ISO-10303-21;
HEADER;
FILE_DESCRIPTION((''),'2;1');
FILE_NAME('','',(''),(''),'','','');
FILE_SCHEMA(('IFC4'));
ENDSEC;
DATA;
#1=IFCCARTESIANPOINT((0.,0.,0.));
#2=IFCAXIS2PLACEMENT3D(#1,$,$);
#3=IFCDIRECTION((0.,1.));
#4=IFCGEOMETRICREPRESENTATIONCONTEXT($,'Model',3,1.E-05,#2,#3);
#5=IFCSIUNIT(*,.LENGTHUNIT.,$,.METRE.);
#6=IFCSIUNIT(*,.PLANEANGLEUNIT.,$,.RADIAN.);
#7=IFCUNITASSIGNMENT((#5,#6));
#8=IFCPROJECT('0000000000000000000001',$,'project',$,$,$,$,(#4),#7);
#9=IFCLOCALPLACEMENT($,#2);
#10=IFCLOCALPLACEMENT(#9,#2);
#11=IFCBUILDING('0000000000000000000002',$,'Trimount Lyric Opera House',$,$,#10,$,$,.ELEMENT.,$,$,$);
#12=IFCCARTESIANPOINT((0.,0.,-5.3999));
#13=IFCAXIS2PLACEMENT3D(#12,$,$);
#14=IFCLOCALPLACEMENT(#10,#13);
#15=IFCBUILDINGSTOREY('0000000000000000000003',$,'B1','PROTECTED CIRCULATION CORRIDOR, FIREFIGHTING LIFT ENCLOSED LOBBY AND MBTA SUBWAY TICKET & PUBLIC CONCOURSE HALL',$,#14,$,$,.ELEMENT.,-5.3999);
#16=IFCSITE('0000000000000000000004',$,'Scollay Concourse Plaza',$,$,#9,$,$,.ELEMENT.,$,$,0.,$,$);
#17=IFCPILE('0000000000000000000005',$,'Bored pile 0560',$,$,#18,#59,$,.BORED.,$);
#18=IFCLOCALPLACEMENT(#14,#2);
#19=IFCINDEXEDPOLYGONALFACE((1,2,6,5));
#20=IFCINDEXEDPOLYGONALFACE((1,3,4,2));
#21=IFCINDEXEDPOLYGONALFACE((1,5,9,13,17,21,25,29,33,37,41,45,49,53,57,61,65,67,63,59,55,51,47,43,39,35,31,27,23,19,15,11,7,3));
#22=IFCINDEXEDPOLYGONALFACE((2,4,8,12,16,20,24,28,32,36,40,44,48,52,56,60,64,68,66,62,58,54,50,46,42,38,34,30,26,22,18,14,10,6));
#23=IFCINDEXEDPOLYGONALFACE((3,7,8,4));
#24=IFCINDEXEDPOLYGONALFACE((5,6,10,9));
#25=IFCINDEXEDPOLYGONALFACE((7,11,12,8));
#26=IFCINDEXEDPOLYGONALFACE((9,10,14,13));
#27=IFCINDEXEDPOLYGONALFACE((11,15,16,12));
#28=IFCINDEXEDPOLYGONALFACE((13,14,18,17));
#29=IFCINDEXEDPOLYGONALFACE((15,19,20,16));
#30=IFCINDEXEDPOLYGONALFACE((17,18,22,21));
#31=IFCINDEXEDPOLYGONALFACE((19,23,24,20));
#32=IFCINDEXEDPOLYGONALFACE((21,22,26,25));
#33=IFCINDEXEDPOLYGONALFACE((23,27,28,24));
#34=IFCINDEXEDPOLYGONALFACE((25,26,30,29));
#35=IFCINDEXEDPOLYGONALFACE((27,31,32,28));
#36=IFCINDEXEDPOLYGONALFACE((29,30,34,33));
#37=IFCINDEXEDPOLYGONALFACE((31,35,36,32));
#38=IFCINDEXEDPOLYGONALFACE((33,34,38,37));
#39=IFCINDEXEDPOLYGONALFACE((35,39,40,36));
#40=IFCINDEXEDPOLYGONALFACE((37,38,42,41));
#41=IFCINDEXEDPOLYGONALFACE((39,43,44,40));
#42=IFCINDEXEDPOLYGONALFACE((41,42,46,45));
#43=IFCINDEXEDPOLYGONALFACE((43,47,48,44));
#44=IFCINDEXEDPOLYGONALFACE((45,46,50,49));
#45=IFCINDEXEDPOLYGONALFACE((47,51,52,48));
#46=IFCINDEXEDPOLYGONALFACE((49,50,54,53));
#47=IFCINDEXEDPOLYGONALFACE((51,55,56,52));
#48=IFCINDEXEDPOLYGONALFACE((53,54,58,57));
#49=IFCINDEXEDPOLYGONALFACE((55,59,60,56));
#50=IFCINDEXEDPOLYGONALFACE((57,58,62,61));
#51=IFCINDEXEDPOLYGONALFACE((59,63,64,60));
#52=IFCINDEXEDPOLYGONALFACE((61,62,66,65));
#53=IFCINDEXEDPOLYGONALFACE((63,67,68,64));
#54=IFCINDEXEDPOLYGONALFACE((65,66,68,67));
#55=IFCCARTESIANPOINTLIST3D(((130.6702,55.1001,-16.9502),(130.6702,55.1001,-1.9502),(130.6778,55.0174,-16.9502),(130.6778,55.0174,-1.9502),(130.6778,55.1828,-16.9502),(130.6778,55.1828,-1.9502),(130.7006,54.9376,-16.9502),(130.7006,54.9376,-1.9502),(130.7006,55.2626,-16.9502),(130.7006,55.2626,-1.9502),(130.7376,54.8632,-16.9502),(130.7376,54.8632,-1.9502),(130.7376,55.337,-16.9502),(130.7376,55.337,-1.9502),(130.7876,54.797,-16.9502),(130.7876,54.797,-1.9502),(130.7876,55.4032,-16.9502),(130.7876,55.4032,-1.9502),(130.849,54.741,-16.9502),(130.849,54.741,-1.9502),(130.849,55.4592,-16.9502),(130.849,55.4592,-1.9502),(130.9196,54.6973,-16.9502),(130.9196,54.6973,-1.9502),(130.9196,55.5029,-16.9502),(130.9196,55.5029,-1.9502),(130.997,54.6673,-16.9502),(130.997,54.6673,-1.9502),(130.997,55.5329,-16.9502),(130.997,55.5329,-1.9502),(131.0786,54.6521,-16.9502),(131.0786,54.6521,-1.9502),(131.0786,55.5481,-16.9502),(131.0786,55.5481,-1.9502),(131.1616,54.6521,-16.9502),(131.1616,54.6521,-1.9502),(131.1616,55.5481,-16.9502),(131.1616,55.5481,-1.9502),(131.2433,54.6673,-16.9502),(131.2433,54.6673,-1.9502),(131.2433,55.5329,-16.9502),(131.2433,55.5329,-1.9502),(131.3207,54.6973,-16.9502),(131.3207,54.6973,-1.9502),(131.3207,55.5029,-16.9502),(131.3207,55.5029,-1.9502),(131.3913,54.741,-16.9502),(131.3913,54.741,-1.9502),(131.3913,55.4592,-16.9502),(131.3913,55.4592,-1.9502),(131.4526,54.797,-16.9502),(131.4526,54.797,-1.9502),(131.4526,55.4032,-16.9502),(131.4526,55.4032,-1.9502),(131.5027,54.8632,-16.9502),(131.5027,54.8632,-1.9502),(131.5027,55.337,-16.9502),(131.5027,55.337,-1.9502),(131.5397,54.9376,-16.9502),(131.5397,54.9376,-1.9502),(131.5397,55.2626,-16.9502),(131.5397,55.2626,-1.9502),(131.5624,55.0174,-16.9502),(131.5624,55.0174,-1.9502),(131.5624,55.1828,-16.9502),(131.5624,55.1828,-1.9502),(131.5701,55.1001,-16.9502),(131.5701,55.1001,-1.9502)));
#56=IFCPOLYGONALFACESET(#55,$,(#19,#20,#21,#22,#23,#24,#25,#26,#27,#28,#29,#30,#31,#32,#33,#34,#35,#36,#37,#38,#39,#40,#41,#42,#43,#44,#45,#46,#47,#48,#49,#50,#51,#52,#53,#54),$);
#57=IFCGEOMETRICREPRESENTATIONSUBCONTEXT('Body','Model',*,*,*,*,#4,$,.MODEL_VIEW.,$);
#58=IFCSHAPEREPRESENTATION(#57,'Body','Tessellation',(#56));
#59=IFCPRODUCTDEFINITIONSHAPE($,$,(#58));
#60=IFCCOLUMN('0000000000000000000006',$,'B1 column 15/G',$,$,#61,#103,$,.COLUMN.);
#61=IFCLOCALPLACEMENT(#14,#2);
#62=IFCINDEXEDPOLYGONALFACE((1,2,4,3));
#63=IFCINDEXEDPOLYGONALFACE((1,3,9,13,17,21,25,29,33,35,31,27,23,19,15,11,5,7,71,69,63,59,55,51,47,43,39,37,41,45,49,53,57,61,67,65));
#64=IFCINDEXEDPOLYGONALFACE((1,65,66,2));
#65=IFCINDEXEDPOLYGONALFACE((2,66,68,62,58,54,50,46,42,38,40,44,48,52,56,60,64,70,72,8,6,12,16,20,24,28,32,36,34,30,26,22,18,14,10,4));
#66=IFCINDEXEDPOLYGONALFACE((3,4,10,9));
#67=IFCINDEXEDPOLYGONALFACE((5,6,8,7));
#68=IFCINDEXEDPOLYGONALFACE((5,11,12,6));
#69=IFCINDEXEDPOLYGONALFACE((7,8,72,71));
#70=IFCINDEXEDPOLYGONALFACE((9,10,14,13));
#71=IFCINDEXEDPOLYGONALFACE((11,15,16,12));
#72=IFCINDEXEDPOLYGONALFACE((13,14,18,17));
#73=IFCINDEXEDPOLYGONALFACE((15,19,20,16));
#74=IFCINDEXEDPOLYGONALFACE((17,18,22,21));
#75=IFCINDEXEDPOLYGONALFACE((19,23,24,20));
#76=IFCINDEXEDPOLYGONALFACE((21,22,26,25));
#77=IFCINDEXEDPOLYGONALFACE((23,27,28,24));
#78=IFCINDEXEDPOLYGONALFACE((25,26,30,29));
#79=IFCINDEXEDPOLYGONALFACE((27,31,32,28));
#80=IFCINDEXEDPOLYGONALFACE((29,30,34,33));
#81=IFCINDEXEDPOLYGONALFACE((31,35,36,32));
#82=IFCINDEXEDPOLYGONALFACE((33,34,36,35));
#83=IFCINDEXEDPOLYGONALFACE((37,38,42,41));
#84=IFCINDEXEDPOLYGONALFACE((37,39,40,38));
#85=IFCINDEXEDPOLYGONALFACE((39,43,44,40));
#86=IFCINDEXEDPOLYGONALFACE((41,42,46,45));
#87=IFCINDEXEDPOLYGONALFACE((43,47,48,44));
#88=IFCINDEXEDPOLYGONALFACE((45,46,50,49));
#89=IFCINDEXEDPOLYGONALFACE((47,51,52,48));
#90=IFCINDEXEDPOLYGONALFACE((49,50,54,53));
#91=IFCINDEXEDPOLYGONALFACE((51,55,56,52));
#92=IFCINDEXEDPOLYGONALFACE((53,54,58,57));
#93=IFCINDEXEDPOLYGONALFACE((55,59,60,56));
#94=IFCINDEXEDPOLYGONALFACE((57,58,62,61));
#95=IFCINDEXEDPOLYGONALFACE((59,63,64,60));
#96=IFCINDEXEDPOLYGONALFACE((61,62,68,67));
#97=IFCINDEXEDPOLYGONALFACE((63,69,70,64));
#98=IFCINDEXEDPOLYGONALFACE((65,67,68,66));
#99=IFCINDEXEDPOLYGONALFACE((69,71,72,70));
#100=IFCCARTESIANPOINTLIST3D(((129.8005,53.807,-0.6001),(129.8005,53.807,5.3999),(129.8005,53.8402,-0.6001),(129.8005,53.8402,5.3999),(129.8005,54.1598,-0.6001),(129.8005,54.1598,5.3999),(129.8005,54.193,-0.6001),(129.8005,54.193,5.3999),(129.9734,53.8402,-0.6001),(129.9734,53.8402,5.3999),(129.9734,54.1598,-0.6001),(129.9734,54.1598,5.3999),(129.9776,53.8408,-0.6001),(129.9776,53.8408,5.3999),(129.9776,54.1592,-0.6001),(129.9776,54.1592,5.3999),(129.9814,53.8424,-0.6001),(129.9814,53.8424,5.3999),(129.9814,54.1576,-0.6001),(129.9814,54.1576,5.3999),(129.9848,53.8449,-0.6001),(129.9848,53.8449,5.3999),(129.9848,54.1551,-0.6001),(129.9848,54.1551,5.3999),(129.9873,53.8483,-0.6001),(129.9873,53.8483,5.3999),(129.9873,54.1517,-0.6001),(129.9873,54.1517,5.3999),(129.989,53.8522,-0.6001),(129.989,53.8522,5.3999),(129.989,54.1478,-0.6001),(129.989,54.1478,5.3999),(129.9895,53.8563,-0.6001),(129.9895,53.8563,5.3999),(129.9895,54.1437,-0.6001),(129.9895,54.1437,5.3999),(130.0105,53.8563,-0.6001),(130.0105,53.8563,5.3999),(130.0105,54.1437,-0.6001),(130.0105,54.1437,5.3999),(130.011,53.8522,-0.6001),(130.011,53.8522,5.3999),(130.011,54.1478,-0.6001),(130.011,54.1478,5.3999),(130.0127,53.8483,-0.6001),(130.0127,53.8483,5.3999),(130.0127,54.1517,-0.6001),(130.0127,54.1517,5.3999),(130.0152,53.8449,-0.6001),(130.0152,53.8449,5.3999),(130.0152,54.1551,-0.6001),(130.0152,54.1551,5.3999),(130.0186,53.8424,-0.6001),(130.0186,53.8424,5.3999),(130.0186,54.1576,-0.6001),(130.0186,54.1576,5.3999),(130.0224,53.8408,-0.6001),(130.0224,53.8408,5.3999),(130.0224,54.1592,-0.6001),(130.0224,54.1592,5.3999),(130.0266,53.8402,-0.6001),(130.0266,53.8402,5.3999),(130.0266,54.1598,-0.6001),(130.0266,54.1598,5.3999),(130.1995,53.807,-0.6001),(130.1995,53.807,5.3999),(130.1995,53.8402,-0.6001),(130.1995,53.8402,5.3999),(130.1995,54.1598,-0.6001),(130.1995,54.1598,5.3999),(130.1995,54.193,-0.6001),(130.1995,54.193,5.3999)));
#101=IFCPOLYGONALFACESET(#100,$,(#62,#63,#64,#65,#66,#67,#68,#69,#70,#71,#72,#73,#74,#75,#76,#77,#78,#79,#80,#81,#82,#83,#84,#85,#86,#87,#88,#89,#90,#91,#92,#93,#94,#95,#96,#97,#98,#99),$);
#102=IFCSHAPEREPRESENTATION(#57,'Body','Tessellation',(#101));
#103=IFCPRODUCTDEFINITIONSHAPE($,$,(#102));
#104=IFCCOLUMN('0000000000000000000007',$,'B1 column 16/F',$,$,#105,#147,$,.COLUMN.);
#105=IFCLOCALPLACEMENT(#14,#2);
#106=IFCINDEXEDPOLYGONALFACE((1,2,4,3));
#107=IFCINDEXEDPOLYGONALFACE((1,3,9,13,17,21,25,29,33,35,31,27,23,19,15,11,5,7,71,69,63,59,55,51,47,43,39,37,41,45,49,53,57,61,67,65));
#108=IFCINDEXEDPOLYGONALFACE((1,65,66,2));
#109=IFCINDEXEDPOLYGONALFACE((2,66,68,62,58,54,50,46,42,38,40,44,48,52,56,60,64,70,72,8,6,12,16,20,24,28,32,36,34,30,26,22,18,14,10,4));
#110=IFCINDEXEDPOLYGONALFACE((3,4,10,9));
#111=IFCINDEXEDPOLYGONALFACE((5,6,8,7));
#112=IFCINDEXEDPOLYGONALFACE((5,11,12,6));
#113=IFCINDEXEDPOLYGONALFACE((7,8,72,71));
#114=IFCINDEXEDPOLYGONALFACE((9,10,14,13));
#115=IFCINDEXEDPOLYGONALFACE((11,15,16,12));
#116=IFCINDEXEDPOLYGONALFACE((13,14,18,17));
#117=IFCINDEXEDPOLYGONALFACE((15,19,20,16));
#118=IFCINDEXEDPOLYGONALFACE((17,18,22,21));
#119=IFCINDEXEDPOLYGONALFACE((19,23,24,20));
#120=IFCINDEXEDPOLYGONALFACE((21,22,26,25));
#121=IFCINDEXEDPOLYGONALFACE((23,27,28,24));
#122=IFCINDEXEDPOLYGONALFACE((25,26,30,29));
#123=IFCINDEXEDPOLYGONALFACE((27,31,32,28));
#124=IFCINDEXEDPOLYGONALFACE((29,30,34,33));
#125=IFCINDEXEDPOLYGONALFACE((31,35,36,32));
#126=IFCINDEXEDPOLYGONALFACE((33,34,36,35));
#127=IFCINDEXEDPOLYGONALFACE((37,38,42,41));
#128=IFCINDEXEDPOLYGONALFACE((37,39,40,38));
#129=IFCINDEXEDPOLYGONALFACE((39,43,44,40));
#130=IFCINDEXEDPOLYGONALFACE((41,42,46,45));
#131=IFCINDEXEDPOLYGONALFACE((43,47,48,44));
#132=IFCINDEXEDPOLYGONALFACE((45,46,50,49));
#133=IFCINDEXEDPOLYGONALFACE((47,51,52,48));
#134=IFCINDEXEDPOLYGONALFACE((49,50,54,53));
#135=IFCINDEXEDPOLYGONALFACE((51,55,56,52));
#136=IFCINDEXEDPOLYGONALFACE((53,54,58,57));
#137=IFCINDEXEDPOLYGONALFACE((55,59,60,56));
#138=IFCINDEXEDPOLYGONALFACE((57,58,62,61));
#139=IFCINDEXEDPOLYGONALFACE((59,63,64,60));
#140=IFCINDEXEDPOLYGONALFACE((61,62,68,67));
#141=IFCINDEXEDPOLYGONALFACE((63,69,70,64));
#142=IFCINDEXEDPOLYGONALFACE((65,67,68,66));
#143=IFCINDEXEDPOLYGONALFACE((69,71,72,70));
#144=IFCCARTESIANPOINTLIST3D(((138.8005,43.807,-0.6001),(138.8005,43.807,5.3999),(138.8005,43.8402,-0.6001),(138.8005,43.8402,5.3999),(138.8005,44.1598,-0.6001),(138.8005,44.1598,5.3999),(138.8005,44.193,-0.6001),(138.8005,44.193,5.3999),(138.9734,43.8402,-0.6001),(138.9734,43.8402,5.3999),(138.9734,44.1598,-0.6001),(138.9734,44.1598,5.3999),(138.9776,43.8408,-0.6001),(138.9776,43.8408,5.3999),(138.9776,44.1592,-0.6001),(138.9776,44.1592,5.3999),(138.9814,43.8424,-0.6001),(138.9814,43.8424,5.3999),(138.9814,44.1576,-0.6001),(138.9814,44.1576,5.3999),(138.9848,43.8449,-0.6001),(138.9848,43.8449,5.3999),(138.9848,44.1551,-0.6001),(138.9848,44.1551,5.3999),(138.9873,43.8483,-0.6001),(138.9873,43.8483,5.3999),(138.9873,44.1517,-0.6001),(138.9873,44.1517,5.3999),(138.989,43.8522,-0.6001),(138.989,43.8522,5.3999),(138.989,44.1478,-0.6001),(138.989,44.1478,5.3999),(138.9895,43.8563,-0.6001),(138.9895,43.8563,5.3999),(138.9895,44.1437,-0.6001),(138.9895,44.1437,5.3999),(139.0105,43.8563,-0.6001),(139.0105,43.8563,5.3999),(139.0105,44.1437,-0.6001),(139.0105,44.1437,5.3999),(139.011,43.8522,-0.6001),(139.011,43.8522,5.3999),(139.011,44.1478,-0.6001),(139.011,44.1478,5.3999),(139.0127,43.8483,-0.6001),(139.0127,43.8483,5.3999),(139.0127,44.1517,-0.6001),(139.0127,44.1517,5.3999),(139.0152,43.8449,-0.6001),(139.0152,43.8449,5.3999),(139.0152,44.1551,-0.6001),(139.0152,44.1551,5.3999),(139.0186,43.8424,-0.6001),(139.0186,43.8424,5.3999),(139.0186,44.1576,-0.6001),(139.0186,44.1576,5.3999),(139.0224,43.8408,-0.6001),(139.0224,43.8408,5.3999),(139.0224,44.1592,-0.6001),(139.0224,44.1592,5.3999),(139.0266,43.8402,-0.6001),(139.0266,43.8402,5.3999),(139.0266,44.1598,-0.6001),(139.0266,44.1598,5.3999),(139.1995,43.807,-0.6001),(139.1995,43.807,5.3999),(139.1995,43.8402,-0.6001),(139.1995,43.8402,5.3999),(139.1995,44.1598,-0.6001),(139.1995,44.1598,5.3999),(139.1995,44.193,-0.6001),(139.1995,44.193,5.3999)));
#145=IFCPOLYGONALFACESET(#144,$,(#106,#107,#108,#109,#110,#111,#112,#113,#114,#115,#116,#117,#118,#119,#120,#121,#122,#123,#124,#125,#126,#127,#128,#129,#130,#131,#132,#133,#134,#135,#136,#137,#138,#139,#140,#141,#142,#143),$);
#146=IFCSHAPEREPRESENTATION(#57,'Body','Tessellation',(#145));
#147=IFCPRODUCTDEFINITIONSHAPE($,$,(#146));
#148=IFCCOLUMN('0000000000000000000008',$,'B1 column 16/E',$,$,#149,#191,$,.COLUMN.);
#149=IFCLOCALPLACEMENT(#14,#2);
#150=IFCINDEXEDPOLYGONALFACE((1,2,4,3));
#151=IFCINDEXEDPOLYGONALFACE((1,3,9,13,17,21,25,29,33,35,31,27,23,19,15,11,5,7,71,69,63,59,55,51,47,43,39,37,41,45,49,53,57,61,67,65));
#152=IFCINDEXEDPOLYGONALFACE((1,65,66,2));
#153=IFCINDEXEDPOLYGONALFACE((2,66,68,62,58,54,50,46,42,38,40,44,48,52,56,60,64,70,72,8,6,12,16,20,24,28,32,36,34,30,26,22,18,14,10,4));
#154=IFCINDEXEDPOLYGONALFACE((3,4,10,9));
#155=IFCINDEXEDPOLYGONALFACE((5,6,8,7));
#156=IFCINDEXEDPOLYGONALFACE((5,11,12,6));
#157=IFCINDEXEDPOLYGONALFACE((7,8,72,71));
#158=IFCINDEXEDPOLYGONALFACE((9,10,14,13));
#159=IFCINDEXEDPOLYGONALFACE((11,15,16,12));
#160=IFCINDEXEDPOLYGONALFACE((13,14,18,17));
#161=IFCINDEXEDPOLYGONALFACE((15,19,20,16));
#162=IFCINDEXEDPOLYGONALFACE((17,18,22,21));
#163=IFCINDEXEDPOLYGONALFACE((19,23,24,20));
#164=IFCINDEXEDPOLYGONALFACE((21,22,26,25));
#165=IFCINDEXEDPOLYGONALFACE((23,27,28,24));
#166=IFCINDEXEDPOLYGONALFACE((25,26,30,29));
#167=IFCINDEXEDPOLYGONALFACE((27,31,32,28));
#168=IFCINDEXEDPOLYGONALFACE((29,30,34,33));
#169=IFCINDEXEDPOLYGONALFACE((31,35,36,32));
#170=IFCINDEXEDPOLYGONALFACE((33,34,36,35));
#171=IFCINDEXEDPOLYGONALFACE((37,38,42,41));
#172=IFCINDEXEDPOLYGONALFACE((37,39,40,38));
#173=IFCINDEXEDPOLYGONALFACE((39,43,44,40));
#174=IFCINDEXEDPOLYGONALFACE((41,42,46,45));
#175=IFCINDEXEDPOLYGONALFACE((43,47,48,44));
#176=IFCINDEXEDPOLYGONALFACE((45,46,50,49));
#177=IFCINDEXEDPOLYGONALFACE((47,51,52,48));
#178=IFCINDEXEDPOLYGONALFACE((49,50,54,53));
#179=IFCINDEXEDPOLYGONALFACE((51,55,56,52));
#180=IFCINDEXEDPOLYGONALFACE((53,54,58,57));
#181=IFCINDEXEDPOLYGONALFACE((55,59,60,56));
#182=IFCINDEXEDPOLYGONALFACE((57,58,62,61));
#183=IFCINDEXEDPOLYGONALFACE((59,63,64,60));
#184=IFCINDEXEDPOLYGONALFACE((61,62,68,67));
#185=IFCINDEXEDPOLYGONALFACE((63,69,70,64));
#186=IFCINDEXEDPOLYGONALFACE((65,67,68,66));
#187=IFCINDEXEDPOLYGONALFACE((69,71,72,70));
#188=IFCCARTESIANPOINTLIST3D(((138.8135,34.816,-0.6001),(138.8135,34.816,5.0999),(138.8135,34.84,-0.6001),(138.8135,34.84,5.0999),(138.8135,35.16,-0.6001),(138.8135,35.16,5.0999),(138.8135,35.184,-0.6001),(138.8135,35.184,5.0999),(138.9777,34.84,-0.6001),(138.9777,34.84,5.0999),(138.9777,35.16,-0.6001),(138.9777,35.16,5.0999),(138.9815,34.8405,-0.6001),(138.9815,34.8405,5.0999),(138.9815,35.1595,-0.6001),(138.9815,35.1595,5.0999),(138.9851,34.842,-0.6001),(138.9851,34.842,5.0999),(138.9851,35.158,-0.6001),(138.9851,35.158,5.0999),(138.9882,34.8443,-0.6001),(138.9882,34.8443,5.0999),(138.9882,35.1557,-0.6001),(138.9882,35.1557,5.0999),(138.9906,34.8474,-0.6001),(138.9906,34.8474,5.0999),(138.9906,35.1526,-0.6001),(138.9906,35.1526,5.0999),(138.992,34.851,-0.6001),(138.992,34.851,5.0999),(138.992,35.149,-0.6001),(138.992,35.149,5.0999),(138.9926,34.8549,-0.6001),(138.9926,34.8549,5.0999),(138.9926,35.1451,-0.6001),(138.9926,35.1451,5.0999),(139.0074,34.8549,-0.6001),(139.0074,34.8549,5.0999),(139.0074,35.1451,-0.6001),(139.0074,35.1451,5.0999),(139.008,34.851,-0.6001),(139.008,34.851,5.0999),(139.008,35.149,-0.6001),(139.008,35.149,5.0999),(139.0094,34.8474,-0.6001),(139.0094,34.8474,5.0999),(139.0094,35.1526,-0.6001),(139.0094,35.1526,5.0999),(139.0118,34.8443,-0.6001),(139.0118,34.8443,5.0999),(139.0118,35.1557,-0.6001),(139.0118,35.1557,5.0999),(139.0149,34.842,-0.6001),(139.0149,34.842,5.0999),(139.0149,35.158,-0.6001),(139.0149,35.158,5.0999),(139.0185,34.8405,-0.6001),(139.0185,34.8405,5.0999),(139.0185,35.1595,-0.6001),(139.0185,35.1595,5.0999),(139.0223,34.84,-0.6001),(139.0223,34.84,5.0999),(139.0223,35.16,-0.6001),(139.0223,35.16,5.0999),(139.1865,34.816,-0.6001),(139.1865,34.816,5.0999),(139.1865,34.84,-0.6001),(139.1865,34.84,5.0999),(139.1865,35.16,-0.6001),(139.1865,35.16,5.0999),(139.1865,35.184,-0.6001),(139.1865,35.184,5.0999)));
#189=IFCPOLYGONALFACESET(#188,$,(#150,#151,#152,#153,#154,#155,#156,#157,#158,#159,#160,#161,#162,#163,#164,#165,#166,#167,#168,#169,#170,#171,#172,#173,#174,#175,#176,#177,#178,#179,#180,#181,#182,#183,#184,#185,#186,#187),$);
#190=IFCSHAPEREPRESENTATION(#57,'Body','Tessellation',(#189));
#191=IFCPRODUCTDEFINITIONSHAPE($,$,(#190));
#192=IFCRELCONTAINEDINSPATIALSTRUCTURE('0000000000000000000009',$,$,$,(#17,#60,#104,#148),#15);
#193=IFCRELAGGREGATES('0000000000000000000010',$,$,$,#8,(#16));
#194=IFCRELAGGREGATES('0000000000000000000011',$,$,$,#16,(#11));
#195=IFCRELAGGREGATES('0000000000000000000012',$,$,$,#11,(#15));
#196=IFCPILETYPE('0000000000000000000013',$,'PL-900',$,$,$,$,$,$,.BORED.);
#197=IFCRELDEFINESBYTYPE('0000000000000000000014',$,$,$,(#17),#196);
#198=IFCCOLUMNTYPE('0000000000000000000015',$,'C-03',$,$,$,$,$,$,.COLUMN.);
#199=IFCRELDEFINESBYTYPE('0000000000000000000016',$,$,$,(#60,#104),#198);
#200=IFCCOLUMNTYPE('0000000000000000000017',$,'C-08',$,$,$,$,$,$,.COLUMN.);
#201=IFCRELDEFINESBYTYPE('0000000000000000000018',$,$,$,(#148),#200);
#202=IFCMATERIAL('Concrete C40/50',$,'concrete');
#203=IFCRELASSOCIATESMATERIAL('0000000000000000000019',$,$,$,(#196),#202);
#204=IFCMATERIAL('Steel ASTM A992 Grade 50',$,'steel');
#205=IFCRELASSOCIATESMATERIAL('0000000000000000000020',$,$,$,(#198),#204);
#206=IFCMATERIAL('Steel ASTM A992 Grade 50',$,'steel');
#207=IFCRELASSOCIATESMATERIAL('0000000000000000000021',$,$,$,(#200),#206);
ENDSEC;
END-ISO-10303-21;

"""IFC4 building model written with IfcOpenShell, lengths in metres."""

from ifc_helpers import new_model, si_unit, direction, frame, origin, origin_2d, place, context, subcontext, project, spatial, circle, i_section, extrude, material, material_profile, profile_set, type_object, element, save


model = new_model("IFC4")

# Units and contexts
model_context = context("Model", 3, precision=1e-05, world=origin(), true_north=direction((0.0, 1.0)))
body_context = subcontext(model_context, "Body", "Model", "MODEL_VIEW")
ifc_project = project(units=[si_unit("LENGTHUNIT", "METRE"), si_unit("PLANEANGLEUNIT", "RADIAN")], contexts=[model_context])

# Site, building, storey
site_placement = place(None, origin())
site = spatial("IfcSite", under=ifc_project, at=site_placement, Name="Scollay Concourse Plaza", CompositionType="ELEMENT", RefElevation=0.0)
building_placement = place(site_placement, origin())
building = spatial("IfcBuilding", under=site, at=building_placement, Name="Trimount Lyric Opera House", CompositionType="ELEMENT")
storey_placement = place(building_placement, frame((0.0, 0.0, -5.3999)))
storey = spatial("IfcBuildingStorey", under=building, at=storey_placement, Name="B1", Description="PROTECTED CIRCULATION CORRIDOR, FIREFIGHTING LIFT ENCLOSED LOBBY AND MBTA SUBWAY TICKET & PUBLIC CONCOURSE HALL", CompositionType="ELEMENT", Elevation=-5.3999)

# Pile
ifc_material_1 = material(Name="Concrete C40/50", Category="concrete")
ifc_material_profile_1 = material_profile(ifc_material_1, circle(Radius=0.45, at=origin_2d()), Name="PILE-D900")
ifc_profile_set_1 = profile_set([ifc_material_profile_1], Name="Concrete C40/50")
pile_type_1 = type_object("IfcPileType", Name="PL-900", PredefinedType="BORED", material=ifc_profile_set_1)
for number, where, z_axis, x_axis, name in (
    (1, (131.1201, 55.1001, -1.9502), (0.0, 0.0, -1.0), (1.0, 0.0, 0.0), "Bored pile 0560"),
):
    element("IfcPile", number, at=place(storey_placement, frame(where, z_axis=z_axis, x_axis=x_axis)), inside=storey, type_object=pile_type_1, Name=name, PredefinedType="BORED", context=body_context, shape_type="SweptSolid", body=[
        extrude(circle(Radius=0.45, at=origin_2d()), origin(), (0.0, 0.0, 1.0), 15.0),
    ])

# Columns
ifc_material_2 = material(Name="Steel ASTM A992 Grade 50", Category="steel")
ifc_material_profile_2 = material_profile(ifc_material_2, i_section(OverallWidth=0.3989, OverallDepth=0.386, WebThickness=0.021, FlangeThickness=0.0332, FilletRadius=0.0161, at=origin_2d()), Name="W14X176")
ifc_profile_set_2 = profile_set([ifc_material_profile_2], Name="Steel ASTM A992 Grade 50")
column_type_1 = type_object("IfcColumnType", Name="C-03", PredefinedType="COLUMN", material=ifc_profile_set_2)
for number, where, z_axis, x_axis, name in (
    (2, (130.0, 54.0, -0.6001), (0.0, 0.0, 1.0), (1.0, 0.0, 0.0), "B1 column 15/G"),
    (3, (139.0, 44.0, -0.6001), (0.0, 0.0, 1.0), (1.0, 0.0, 0.0), "B1 column 16/F"),
):
    element("IfcColumn", number, at=place(storey_placement, frame(where, z_axis=z_axis, x_axis=x_axis)), inside=storey, type_object=column_type_1, Name=name, PredefinedType="COLUMN", context=body_context, shape_type="SweptSolid", body=[
        extrude(i_section(OverallWidth=0.3989, OverallDepth=0.386, WebThickness=0.021, FlangeThickness=0.0332, FilletRadius=0.0161, at=origin_2d()), origin(), (0.0, 0.0, 1.0), 6.0),
    ])
ifc_material_3 = material(Name="Steel ASTM A992 Grade 50", Category="steel")
ifc_material_profile_3 = material_profile(ifc_material_3, i_section(OverallWidth=0.373, OverallDepth=0.3679, WebThickness=0.0149, FlangeThickness=0.0239, FilletRadius=0.0149, at=origin_2d()), Name="W14X120")
ifc_profile_set_3 = profile_set([ifc_material_profile_3], Name="Steel ASTM A992 Grade 50")
column_type_2 = type_object("IfcColumnType", Name="C-08", PredefinedType="COLUMN", material=ifc_profile_set_3)
column_1_placement = place(storey_placement, frame((139.0, 35.0, -0.6001), z_axis=(0.0, 0.0, 1.0), x_axis=(1.0, 0.0, 0.0)))
element("IfcColumn", 4, at=column_1_placement, inside=storey, type_object=column_type_2, Name="B1 column 16/E", PredefinedType="COLUMN", context=body_context, shape_type="SweptSolid", body=[
    extrude(i_section(OverallWidth=0.373, OverallDepth=0.3679, WebThickness=0.0149, FlangeThickness=0.0239, FilletRadius=0.0149, at=origin_2d()), origin(), (0.0, 0.0, 1.0), 5.7),
])

save(model, "model.ifc")
